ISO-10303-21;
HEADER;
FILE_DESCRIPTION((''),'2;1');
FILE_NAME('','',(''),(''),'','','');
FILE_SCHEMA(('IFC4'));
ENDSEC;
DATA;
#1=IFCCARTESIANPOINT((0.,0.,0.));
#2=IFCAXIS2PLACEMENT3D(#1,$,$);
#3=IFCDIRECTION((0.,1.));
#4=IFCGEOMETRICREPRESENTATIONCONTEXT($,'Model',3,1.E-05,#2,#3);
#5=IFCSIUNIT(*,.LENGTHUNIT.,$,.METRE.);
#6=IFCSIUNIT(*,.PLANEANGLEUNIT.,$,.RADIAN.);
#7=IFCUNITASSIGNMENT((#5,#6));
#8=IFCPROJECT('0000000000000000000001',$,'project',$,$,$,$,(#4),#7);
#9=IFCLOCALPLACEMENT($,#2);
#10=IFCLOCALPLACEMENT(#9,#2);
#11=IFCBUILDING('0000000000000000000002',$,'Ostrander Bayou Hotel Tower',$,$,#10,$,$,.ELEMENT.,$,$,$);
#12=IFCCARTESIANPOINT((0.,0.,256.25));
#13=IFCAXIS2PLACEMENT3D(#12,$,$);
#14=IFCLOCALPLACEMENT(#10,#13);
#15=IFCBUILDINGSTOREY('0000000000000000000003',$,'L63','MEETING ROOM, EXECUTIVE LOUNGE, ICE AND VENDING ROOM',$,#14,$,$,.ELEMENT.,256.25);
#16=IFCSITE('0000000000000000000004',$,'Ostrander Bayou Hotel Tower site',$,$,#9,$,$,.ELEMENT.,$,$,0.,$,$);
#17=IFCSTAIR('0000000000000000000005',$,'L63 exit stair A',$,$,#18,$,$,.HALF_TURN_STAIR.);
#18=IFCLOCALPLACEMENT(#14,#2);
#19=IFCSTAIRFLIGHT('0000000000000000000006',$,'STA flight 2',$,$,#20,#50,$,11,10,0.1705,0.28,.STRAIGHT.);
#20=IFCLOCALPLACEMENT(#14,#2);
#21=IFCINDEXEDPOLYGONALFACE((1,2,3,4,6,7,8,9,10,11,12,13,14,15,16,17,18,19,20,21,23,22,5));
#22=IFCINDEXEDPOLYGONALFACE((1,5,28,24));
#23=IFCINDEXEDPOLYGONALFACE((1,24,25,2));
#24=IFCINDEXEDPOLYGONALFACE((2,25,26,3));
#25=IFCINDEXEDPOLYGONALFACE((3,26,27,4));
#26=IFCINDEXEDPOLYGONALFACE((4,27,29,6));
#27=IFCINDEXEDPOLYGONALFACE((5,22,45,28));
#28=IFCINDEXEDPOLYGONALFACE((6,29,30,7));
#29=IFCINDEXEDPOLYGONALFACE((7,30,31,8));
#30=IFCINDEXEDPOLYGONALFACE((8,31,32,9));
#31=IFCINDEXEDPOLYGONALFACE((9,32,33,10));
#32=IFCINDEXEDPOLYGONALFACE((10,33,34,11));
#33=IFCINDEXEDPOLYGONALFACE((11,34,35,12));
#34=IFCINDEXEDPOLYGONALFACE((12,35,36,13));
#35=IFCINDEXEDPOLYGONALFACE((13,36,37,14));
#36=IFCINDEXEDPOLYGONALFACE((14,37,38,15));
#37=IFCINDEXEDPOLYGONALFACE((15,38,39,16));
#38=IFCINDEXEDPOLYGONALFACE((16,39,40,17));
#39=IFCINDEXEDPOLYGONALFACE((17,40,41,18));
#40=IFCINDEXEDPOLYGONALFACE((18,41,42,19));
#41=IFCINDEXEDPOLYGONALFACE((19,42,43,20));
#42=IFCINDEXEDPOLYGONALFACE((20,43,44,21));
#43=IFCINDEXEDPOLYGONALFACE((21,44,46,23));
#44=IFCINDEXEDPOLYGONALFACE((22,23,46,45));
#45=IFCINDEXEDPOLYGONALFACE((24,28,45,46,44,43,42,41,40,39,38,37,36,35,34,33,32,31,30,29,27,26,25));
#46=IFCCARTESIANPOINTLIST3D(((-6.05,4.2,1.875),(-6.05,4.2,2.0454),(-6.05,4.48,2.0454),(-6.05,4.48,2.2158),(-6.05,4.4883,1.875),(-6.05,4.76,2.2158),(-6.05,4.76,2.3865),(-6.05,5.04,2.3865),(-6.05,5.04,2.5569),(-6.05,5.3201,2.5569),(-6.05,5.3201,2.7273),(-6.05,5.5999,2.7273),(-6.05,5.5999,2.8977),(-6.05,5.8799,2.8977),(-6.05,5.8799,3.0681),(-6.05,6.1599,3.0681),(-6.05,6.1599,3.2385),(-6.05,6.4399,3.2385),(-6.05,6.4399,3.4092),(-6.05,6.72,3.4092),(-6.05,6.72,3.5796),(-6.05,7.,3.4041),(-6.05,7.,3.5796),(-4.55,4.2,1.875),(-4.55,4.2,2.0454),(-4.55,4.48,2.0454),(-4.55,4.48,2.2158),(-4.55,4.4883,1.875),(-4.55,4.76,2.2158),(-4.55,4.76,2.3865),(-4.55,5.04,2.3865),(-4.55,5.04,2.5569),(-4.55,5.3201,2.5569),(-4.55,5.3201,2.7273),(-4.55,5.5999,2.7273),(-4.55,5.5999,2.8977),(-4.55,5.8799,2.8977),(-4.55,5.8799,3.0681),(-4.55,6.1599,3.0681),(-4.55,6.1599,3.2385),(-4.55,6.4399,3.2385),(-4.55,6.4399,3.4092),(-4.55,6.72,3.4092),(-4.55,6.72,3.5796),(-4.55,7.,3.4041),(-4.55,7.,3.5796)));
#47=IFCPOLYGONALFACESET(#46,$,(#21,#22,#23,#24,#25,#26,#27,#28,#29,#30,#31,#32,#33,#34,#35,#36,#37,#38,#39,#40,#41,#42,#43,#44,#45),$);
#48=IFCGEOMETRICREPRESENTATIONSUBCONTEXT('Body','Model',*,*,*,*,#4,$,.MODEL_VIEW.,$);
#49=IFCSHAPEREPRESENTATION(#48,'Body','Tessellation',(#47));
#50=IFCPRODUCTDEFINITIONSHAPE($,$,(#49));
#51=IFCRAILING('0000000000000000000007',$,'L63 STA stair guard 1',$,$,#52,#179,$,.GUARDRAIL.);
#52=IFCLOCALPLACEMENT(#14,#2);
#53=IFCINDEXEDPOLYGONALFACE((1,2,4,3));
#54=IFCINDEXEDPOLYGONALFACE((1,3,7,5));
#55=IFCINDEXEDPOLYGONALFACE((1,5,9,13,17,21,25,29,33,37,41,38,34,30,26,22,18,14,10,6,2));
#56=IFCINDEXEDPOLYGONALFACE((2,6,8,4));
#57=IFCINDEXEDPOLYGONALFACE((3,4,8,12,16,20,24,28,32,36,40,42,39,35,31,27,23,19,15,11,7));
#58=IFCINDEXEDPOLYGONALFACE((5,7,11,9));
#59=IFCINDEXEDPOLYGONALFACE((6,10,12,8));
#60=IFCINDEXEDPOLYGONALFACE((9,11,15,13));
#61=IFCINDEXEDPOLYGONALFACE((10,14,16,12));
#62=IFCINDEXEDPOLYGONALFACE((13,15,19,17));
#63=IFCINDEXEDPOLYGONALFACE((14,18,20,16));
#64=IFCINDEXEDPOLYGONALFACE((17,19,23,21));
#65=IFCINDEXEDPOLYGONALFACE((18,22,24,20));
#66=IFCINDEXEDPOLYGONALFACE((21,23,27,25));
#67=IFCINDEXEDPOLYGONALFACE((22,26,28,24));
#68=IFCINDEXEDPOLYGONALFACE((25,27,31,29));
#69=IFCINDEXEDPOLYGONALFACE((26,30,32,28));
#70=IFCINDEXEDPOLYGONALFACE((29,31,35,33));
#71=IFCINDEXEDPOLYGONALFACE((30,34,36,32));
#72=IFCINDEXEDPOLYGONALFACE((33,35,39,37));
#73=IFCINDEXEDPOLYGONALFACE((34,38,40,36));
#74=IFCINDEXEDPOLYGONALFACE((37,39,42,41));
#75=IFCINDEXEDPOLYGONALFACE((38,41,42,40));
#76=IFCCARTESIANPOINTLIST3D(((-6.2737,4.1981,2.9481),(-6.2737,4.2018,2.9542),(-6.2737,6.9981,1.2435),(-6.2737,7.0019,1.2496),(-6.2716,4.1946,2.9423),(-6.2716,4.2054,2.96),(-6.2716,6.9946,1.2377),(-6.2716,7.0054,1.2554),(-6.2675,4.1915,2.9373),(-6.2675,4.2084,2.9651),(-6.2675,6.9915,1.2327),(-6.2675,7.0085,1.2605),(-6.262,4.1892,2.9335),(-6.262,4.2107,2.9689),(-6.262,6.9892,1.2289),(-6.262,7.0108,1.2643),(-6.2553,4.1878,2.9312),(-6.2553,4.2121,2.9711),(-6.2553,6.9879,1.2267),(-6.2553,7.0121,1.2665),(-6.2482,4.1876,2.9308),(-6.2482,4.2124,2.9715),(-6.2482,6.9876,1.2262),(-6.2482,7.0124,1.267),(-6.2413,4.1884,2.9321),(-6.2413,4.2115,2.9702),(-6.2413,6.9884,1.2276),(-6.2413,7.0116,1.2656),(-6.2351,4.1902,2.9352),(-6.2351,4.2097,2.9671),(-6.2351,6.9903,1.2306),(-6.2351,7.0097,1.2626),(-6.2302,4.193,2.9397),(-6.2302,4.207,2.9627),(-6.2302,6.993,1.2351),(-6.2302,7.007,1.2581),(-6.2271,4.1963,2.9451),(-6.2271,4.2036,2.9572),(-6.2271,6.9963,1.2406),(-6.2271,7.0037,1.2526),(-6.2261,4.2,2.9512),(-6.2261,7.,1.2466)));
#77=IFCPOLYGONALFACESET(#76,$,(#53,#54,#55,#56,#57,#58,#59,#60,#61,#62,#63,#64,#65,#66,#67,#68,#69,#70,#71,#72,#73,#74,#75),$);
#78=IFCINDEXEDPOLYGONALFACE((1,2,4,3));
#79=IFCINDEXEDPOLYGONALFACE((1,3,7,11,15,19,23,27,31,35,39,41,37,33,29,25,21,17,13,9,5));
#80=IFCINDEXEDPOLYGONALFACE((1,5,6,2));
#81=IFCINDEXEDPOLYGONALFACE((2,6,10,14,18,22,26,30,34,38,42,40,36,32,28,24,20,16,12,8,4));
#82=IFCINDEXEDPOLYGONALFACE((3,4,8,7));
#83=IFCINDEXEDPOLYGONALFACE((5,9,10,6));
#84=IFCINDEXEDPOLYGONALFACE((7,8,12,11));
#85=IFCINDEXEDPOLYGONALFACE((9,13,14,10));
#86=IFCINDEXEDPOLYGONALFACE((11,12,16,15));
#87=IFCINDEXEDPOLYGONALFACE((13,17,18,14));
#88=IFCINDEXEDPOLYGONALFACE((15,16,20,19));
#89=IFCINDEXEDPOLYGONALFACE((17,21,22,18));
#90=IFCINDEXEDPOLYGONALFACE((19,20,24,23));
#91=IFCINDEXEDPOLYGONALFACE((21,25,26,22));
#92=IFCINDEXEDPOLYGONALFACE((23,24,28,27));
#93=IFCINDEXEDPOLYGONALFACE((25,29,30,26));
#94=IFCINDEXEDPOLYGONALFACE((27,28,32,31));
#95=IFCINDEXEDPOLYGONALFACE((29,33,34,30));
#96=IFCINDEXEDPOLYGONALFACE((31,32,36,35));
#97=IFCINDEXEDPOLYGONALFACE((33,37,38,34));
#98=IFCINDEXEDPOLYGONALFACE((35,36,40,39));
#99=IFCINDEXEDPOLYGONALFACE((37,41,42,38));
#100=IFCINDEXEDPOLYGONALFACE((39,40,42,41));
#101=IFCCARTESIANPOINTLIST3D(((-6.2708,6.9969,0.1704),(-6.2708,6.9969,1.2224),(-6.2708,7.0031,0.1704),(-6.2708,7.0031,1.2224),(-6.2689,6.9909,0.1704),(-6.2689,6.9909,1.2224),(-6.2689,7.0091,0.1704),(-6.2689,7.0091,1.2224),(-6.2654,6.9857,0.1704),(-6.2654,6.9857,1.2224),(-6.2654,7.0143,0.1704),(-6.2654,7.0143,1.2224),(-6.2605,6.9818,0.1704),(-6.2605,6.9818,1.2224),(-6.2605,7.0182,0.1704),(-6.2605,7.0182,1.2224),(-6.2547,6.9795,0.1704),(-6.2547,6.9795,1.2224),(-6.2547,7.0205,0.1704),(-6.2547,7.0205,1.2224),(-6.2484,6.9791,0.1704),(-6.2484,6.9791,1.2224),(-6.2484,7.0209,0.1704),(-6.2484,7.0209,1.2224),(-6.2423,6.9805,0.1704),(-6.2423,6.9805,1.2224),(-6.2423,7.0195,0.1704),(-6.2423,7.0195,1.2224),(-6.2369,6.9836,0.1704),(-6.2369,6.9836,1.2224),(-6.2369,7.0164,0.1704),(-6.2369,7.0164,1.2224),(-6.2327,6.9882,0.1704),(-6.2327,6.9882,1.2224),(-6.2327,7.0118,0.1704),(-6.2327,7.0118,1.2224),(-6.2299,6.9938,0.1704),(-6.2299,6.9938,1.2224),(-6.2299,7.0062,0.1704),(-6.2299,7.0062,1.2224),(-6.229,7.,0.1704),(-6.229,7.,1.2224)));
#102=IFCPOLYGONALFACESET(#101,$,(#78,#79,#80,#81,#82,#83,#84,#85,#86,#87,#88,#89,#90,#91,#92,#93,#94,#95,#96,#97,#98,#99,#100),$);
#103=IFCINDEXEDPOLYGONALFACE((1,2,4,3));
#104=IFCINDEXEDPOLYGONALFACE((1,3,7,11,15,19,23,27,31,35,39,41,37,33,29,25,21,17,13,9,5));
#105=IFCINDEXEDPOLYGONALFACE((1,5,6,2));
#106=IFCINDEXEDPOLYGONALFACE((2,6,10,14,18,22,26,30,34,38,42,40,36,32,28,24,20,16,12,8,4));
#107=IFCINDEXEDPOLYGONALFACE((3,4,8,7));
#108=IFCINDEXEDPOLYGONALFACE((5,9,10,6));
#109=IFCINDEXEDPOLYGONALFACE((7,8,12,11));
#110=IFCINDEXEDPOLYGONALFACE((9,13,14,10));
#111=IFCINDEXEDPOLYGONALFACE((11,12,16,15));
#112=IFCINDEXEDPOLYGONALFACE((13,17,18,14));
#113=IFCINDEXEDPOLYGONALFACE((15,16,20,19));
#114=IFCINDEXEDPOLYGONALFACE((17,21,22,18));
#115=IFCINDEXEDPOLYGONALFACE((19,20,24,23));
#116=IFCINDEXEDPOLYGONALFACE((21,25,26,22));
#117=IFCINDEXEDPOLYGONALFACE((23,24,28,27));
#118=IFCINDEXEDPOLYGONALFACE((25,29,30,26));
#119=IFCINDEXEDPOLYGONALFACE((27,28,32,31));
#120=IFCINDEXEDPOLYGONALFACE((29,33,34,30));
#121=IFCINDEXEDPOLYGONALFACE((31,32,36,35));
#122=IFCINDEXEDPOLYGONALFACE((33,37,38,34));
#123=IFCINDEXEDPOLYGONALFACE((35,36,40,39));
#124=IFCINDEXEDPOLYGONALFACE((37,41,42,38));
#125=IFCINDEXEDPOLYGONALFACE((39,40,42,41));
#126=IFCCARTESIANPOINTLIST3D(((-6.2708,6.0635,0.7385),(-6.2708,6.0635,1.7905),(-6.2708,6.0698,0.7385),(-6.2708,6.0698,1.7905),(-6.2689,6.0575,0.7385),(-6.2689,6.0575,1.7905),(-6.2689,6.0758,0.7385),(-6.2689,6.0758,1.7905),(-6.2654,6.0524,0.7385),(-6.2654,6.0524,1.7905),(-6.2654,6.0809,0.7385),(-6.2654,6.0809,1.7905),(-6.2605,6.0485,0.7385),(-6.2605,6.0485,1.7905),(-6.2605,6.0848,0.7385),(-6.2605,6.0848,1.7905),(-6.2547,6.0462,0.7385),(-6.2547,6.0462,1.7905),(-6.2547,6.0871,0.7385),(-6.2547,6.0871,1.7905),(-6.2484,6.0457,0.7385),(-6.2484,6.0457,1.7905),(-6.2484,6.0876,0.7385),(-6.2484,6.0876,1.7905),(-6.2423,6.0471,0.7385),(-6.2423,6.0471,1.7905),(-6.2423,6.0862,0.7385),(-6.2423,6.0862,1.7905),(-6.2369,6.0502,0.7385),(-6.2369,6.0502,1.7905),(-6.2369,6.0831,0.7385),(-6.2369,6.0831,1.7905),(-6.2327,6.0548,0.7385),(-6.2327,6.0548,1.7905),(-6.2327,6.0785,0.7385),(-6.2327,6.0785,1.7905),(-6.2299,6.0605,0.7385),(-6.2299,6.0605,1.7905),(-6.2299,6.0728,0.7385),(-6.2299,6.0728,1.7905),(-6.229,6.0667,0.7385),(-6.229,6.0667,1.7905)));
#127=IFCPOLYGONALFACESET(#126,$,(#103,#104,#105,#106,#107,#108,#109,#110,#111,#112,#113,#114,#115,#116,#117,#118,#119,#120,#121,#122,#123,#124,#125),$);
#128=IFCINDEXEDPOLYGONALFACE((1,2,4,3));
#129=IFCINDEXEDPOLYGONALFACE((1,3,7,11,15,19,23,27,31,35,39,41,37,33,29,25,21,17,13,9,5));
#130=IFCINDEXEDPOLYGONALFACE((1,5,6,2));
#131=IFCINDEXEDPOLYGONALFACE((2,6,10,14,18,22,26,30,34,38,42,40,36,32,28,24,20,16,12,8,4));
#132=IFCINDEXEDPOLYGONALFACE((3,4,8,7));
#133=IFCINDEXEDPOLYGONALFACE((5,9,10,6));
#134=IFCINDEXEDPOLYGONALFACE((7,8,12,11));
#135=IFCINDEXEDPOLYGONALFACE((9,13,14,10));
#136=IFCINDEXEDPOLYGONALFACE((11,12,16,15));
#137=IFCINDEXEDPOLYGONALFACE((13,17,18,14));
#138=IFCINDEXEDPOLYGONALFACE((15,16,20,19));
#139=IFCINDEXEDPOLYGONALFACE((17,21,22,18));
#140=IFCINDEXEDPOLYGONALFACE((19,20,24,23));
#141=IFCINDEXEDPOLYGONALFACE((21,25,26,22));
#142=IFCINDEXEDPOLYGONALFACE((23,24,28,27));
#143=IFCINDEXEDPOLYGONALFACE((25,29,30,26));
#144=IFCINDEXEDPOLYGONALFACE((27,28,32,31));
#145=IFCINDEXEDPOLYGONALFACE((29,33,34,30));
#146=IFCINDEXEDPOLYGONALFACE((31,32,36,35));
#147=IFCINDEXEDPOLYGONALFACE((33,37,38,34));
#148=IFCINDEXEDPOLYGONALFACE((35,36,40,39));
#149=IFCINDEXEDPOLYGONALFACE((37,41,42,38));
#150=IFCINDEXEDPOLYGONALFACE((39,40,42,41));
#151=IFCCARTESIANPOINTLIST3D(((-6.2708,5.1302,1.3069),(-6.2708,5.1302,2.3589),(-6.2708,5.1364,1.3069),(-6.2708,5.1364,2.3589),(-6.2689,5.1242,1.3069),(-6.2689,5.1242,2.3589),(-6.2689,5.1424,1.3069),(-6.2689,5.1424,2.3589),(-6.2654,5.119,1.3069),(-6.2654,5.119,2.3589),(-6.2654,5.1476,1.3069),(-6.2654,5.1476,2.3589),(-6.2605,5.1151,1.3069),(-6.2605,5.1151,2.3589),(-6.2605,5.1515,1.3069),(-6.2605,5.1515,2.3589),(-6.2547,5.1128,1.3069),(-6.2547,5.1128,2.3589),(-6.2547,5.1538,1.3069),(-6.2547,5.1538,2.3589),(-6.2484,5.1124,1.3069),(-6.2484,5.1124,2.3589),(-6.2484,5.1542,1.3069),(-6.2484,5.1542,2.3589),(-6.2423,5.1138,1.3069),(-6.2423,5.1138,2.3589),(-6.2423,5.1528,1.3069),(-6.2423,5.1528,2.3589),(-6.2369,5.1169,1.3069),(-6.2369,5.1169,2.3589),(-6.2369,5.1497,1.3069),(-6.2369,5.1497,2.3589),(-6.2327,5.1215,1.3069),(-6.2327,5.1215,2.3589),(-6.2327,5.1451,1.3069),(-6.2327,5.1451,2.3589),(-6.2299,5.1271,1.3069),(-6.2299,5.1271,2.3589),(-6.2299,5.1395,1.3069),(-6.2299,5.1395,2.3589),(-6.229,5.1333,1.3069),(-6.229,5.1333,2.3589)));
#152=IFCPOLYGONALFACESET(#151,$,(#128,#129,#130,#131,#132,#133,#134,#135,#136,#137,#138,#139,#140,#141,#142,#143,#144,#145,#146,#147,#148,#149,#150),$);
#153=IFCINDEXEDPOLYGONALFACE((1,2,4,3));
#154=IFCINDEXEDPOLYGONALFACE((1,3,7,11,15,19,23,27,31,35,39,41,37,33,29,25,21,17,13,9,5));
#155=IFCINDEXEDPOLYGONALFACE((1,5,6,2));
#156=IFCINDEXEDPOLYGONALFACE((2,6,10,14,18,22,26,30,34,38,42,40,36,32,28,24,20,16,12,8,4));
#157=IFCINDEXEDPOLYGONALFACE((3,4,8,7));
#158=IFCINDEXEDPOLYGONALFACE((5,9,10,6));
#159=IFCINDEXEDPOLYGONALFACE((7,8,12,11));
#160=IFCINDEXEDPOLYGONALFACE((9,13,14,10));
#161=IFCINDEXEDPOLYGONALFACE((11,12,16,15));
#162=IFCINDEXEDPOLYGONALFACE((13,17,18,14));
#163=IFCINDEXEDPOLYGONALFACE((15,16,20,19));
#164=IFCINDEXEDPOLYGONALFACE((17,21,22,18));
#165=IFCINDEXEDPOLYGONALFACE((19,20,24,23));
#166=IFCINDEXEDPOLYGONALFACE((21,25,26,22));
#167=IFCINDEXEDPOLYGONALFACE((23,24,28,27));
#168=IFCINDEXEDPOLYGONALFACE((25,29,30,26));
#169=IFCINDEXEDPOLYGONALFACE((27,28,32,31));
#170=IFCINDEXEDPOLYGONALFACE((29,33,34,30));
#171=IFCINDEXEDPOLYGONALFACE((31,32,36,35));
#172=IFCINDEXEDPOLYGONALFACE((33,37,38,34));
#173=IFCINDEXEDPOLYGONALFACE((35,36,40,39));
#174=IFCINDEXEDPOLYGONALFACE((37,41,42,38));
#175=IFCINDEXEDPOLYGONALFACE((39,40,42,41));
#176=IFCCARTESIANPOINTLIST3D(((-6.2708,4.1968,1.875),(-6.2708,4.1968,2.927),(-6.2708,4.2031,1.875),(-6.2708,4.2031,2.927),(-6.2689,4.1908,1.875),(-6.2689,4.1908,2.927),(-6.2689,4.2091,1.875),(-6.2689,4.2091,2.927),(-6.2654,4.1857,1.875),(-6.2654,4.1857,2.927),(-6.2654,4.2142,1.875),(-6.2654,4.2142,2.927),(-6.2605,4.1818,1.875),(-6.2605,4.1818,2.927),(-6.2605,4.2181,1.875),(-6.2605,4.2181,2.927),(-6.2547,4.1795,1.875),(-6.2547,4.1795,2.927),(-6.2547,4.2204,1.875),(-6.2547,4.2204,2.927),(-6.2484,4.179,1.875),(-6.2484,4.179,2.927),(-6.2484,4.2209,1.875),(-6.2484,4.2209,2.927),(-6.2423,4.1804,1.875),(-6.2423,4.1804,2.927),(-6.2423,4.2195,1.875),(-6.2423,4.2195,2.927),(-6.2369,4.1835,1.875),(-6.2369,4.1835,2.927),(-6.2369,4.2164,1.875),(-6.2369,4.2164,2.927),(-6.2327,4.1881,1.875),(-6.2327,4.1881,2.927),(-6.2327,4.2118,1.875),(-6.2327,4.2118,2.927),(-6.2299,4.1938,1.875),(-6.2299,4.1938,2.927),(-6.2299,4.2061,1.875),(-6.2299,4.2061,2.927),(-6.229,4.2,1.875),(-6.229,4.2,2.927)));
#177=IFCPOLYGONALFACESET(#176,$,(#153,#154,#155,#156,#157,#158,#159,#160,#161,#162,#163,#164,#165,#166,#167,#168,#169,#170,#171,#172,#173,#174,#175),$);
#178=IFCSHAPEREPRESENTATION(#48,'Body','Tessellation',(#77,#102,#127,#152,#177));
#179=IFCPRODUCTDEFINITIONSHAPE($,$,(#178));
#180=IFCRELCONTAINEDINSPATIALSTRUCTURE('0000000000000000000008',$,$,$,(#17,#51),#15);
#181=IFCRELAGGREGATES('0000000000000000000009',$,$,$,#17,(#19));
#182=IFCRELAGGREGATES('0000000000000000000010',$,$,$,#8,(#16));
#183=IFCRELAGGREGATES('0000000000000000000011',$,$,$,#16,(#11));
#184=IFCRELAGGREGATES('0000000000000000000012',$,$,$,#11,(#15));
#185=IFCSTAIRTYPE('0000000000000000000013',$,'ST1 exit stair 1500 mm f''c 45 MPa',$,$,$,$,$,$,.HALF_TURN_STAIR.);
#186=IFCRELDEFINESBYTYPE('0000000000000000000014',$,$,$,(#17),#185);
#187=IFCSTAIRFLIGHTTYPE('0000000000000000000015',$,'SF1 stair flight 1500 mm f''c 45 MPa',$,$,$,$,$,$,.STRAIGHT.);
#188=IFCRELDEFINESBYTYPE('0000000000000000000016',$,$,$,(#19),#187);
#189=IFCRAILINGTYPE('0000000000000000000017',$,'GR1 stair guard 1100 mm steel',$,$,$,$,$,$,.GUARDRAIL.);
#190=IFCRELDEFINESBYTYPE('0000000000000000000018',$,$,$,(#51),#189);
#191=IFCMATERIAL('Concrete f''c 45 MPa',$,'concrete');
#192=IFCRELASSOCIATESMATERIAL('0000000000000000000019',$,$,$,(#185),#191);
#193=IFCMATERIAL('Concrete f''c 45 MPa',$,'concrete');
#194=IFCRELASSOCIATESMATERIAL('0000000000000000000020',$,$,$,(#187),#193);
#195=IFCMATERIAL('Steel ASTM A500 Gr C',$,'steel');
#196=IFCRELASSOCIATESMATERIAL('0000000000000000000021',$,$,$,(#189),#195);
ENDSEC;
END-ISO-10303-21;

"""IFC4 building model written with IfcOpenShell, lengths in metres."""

from ifc_helpers import new_model, si_unit, direction, frame, origin, origin_2d, place, context, subcontext, project, spatial, polyline, circle, outline, extrude, material, type_object, element, aggregate, save


model = new_model("IFC4")

# Units and contexts
model_context = context("Model", 3, precision=1e-05, world=origin(), true_north=direction((0.0, 1.0)))
body_context = subcontext(model_context, "Body", "Model", "MODEL_VIEW")
ifc_project = project(units=[si_unit("LENGTHUNIT", "METRE"), si_unit("PLANEANGLEUNIT", "RADIAN")], contexts=[model_context])

# Site, building, storey
site_placement = place(None, origin())
site = spatial("IfcSite", under=ifc_project, at=site_placement, Name="Ostrander Bayou Hotel Tower site", CompositionType="ELEMENT", RefElevation=0.0)
building_placement = place(site_placement, origin())
building = spatial("IfcBuilding", under=site, at=building_placement, Name="Ostrander Bayou Hotel Tower", CompositionType="ELEMENT")
storey_placement = place(building_placement, frame((0.0, 0.0, 256.25)))
storey = spatial("IfcBuildingStorey", under=building, at=storey_placement, Name="L63", Description="MEETING ROOM, EXECUTIVE LOUNGE, ICE AND VENDING ROOM", CompositionType="ELEMENT", Elevation=256.25)

# Stair, stair flight
ifc_material_1 = material(Name="Concrete f'c 45 MPa", Category="concrete")
stair_type = type_object("IfcStairType", Name="ST1 exit stair 1500 mm f'c 45 MPa", PredefinedType="HALF_TURN_STAIR", material=ifc_material_1)
stair_placement = place(storey_placement, origin())
stair = element("IfcStair", 1, at=stair_placement, inside=storey, type_object=stair_type, Name="L63 exit stair A", PredefinedType="HALF_TURN_STAIR")
ifc_material_2 = material(Name="Concrete f'c 45 MPa", Category="concrete")
stair_flight_type = type_object("IfcStairFlightType", Name="SF1 stair flight 1500 mm f'c 45 MPa", PredefinedType="STRAIGHT", material=ifc_material_2)
stair_flight_1_placement = place(storey_placement, frame((-5.3, 4.2, 1.875), z_axis=(0.0, 0.0, 1.0), x_axis=(0.0, 1.0, 0.0)))
stair_flight_1 = element("IfcStairFlight", 2, at=stair_flight_1_placement, type_object=stair_flight_type, Name="STA flight 2", NumberOfRisers=11, NumberOfTreads=10, PredefinedType="STRAIGHT", RiserHeight=0.1705, TreadLength=0.28, context=body_context, shape_type="SweptSolid", body=[
    extrude(outline(polyline([(0.0, 0.0), (0.0, 0.1704), (0.28, 0.1704), (0.28, 0.3408), (0.5601, 0.3408), (0.5601, 0.5115), (0.8401, 0.5115), (0.8401, 0.6819), (1.1201, 0.6819), (1.1201, 0.8523), (1.3999, 0.8523), (1.3999, 1.0227), (1.6799, 1.0227), (1.6799, 1.1931), (1.96, 1.1931), (1.96, 1.3635), (2.24, 1.3635), (2.24, 1.5342), (2.52, 1.5342), (2.52, 1.7046), (2.8, 1.7046), (2.8, 1.875), (2.8, 1.5291), (0.2883, 0.0), (0.0, 0.0)])), frame((0.0, 0.75, 0.0), z_axis=(0.0, -1.0, 0.0), x_axis=(1.0, 0.0, 0.0)), (0.0, 0.0, 1.0), 1.5),
])
aggregate(stair, [stair_flight_1])

# Railing
ifc_material_3 = material(Name="Steel ASTM A500 Gr C", Category="steel")
railing_type_1 = type_object("IfcRailingType", Name="GR1 stair guard 1100 mm steel", PredefinedType="GUARDRAIL", material=ifc_material_3)
railing_1_placement = place(storey_placement, frame((-6.25, 7.0, 0.1704)))
element("IfcRailing", 3, at=railing_1_placement, inside=storey, type_object=railing_type_1, Name="L63 STA stair guard 1", PredefinedType="GUARDRAIL", context=body_context, shape_type="SweptSolid", body=[
    extrude(circle(Radius=0.0239, at=origin_2d()), frame((0.0, 0.0, 1.0762), z_axis=(0.0, -0.85417, 0.519994), x_axis=(1.0, 0.0, 0.0)), (0.0, 0.0, 1.0), 3.2781),
    extrude(circle(Radius=0.021, at=origin_2d()), origin(), (0.0, 0.0, 1.0), 1.052),
    extrude(circle(Radius=0.021, at=origin_2d()), frame((0.0, -0.9333, 0.5681)), (0.0, 0.0, 1.0), 1.052),
    extrude(circle(Radius=0.021, at=origin_2d()), frame((0.0, -1.8667, 1.1365)), (0.0, 0.0, 1.0), 1.052),
    extrude(circle(Radius=0.021, at=origin_2d()), frame((0.0, -2.8, 1.7046)), (0.0, 0.0, 1.0), 1.052),
])

save(model, "model.ifc")
